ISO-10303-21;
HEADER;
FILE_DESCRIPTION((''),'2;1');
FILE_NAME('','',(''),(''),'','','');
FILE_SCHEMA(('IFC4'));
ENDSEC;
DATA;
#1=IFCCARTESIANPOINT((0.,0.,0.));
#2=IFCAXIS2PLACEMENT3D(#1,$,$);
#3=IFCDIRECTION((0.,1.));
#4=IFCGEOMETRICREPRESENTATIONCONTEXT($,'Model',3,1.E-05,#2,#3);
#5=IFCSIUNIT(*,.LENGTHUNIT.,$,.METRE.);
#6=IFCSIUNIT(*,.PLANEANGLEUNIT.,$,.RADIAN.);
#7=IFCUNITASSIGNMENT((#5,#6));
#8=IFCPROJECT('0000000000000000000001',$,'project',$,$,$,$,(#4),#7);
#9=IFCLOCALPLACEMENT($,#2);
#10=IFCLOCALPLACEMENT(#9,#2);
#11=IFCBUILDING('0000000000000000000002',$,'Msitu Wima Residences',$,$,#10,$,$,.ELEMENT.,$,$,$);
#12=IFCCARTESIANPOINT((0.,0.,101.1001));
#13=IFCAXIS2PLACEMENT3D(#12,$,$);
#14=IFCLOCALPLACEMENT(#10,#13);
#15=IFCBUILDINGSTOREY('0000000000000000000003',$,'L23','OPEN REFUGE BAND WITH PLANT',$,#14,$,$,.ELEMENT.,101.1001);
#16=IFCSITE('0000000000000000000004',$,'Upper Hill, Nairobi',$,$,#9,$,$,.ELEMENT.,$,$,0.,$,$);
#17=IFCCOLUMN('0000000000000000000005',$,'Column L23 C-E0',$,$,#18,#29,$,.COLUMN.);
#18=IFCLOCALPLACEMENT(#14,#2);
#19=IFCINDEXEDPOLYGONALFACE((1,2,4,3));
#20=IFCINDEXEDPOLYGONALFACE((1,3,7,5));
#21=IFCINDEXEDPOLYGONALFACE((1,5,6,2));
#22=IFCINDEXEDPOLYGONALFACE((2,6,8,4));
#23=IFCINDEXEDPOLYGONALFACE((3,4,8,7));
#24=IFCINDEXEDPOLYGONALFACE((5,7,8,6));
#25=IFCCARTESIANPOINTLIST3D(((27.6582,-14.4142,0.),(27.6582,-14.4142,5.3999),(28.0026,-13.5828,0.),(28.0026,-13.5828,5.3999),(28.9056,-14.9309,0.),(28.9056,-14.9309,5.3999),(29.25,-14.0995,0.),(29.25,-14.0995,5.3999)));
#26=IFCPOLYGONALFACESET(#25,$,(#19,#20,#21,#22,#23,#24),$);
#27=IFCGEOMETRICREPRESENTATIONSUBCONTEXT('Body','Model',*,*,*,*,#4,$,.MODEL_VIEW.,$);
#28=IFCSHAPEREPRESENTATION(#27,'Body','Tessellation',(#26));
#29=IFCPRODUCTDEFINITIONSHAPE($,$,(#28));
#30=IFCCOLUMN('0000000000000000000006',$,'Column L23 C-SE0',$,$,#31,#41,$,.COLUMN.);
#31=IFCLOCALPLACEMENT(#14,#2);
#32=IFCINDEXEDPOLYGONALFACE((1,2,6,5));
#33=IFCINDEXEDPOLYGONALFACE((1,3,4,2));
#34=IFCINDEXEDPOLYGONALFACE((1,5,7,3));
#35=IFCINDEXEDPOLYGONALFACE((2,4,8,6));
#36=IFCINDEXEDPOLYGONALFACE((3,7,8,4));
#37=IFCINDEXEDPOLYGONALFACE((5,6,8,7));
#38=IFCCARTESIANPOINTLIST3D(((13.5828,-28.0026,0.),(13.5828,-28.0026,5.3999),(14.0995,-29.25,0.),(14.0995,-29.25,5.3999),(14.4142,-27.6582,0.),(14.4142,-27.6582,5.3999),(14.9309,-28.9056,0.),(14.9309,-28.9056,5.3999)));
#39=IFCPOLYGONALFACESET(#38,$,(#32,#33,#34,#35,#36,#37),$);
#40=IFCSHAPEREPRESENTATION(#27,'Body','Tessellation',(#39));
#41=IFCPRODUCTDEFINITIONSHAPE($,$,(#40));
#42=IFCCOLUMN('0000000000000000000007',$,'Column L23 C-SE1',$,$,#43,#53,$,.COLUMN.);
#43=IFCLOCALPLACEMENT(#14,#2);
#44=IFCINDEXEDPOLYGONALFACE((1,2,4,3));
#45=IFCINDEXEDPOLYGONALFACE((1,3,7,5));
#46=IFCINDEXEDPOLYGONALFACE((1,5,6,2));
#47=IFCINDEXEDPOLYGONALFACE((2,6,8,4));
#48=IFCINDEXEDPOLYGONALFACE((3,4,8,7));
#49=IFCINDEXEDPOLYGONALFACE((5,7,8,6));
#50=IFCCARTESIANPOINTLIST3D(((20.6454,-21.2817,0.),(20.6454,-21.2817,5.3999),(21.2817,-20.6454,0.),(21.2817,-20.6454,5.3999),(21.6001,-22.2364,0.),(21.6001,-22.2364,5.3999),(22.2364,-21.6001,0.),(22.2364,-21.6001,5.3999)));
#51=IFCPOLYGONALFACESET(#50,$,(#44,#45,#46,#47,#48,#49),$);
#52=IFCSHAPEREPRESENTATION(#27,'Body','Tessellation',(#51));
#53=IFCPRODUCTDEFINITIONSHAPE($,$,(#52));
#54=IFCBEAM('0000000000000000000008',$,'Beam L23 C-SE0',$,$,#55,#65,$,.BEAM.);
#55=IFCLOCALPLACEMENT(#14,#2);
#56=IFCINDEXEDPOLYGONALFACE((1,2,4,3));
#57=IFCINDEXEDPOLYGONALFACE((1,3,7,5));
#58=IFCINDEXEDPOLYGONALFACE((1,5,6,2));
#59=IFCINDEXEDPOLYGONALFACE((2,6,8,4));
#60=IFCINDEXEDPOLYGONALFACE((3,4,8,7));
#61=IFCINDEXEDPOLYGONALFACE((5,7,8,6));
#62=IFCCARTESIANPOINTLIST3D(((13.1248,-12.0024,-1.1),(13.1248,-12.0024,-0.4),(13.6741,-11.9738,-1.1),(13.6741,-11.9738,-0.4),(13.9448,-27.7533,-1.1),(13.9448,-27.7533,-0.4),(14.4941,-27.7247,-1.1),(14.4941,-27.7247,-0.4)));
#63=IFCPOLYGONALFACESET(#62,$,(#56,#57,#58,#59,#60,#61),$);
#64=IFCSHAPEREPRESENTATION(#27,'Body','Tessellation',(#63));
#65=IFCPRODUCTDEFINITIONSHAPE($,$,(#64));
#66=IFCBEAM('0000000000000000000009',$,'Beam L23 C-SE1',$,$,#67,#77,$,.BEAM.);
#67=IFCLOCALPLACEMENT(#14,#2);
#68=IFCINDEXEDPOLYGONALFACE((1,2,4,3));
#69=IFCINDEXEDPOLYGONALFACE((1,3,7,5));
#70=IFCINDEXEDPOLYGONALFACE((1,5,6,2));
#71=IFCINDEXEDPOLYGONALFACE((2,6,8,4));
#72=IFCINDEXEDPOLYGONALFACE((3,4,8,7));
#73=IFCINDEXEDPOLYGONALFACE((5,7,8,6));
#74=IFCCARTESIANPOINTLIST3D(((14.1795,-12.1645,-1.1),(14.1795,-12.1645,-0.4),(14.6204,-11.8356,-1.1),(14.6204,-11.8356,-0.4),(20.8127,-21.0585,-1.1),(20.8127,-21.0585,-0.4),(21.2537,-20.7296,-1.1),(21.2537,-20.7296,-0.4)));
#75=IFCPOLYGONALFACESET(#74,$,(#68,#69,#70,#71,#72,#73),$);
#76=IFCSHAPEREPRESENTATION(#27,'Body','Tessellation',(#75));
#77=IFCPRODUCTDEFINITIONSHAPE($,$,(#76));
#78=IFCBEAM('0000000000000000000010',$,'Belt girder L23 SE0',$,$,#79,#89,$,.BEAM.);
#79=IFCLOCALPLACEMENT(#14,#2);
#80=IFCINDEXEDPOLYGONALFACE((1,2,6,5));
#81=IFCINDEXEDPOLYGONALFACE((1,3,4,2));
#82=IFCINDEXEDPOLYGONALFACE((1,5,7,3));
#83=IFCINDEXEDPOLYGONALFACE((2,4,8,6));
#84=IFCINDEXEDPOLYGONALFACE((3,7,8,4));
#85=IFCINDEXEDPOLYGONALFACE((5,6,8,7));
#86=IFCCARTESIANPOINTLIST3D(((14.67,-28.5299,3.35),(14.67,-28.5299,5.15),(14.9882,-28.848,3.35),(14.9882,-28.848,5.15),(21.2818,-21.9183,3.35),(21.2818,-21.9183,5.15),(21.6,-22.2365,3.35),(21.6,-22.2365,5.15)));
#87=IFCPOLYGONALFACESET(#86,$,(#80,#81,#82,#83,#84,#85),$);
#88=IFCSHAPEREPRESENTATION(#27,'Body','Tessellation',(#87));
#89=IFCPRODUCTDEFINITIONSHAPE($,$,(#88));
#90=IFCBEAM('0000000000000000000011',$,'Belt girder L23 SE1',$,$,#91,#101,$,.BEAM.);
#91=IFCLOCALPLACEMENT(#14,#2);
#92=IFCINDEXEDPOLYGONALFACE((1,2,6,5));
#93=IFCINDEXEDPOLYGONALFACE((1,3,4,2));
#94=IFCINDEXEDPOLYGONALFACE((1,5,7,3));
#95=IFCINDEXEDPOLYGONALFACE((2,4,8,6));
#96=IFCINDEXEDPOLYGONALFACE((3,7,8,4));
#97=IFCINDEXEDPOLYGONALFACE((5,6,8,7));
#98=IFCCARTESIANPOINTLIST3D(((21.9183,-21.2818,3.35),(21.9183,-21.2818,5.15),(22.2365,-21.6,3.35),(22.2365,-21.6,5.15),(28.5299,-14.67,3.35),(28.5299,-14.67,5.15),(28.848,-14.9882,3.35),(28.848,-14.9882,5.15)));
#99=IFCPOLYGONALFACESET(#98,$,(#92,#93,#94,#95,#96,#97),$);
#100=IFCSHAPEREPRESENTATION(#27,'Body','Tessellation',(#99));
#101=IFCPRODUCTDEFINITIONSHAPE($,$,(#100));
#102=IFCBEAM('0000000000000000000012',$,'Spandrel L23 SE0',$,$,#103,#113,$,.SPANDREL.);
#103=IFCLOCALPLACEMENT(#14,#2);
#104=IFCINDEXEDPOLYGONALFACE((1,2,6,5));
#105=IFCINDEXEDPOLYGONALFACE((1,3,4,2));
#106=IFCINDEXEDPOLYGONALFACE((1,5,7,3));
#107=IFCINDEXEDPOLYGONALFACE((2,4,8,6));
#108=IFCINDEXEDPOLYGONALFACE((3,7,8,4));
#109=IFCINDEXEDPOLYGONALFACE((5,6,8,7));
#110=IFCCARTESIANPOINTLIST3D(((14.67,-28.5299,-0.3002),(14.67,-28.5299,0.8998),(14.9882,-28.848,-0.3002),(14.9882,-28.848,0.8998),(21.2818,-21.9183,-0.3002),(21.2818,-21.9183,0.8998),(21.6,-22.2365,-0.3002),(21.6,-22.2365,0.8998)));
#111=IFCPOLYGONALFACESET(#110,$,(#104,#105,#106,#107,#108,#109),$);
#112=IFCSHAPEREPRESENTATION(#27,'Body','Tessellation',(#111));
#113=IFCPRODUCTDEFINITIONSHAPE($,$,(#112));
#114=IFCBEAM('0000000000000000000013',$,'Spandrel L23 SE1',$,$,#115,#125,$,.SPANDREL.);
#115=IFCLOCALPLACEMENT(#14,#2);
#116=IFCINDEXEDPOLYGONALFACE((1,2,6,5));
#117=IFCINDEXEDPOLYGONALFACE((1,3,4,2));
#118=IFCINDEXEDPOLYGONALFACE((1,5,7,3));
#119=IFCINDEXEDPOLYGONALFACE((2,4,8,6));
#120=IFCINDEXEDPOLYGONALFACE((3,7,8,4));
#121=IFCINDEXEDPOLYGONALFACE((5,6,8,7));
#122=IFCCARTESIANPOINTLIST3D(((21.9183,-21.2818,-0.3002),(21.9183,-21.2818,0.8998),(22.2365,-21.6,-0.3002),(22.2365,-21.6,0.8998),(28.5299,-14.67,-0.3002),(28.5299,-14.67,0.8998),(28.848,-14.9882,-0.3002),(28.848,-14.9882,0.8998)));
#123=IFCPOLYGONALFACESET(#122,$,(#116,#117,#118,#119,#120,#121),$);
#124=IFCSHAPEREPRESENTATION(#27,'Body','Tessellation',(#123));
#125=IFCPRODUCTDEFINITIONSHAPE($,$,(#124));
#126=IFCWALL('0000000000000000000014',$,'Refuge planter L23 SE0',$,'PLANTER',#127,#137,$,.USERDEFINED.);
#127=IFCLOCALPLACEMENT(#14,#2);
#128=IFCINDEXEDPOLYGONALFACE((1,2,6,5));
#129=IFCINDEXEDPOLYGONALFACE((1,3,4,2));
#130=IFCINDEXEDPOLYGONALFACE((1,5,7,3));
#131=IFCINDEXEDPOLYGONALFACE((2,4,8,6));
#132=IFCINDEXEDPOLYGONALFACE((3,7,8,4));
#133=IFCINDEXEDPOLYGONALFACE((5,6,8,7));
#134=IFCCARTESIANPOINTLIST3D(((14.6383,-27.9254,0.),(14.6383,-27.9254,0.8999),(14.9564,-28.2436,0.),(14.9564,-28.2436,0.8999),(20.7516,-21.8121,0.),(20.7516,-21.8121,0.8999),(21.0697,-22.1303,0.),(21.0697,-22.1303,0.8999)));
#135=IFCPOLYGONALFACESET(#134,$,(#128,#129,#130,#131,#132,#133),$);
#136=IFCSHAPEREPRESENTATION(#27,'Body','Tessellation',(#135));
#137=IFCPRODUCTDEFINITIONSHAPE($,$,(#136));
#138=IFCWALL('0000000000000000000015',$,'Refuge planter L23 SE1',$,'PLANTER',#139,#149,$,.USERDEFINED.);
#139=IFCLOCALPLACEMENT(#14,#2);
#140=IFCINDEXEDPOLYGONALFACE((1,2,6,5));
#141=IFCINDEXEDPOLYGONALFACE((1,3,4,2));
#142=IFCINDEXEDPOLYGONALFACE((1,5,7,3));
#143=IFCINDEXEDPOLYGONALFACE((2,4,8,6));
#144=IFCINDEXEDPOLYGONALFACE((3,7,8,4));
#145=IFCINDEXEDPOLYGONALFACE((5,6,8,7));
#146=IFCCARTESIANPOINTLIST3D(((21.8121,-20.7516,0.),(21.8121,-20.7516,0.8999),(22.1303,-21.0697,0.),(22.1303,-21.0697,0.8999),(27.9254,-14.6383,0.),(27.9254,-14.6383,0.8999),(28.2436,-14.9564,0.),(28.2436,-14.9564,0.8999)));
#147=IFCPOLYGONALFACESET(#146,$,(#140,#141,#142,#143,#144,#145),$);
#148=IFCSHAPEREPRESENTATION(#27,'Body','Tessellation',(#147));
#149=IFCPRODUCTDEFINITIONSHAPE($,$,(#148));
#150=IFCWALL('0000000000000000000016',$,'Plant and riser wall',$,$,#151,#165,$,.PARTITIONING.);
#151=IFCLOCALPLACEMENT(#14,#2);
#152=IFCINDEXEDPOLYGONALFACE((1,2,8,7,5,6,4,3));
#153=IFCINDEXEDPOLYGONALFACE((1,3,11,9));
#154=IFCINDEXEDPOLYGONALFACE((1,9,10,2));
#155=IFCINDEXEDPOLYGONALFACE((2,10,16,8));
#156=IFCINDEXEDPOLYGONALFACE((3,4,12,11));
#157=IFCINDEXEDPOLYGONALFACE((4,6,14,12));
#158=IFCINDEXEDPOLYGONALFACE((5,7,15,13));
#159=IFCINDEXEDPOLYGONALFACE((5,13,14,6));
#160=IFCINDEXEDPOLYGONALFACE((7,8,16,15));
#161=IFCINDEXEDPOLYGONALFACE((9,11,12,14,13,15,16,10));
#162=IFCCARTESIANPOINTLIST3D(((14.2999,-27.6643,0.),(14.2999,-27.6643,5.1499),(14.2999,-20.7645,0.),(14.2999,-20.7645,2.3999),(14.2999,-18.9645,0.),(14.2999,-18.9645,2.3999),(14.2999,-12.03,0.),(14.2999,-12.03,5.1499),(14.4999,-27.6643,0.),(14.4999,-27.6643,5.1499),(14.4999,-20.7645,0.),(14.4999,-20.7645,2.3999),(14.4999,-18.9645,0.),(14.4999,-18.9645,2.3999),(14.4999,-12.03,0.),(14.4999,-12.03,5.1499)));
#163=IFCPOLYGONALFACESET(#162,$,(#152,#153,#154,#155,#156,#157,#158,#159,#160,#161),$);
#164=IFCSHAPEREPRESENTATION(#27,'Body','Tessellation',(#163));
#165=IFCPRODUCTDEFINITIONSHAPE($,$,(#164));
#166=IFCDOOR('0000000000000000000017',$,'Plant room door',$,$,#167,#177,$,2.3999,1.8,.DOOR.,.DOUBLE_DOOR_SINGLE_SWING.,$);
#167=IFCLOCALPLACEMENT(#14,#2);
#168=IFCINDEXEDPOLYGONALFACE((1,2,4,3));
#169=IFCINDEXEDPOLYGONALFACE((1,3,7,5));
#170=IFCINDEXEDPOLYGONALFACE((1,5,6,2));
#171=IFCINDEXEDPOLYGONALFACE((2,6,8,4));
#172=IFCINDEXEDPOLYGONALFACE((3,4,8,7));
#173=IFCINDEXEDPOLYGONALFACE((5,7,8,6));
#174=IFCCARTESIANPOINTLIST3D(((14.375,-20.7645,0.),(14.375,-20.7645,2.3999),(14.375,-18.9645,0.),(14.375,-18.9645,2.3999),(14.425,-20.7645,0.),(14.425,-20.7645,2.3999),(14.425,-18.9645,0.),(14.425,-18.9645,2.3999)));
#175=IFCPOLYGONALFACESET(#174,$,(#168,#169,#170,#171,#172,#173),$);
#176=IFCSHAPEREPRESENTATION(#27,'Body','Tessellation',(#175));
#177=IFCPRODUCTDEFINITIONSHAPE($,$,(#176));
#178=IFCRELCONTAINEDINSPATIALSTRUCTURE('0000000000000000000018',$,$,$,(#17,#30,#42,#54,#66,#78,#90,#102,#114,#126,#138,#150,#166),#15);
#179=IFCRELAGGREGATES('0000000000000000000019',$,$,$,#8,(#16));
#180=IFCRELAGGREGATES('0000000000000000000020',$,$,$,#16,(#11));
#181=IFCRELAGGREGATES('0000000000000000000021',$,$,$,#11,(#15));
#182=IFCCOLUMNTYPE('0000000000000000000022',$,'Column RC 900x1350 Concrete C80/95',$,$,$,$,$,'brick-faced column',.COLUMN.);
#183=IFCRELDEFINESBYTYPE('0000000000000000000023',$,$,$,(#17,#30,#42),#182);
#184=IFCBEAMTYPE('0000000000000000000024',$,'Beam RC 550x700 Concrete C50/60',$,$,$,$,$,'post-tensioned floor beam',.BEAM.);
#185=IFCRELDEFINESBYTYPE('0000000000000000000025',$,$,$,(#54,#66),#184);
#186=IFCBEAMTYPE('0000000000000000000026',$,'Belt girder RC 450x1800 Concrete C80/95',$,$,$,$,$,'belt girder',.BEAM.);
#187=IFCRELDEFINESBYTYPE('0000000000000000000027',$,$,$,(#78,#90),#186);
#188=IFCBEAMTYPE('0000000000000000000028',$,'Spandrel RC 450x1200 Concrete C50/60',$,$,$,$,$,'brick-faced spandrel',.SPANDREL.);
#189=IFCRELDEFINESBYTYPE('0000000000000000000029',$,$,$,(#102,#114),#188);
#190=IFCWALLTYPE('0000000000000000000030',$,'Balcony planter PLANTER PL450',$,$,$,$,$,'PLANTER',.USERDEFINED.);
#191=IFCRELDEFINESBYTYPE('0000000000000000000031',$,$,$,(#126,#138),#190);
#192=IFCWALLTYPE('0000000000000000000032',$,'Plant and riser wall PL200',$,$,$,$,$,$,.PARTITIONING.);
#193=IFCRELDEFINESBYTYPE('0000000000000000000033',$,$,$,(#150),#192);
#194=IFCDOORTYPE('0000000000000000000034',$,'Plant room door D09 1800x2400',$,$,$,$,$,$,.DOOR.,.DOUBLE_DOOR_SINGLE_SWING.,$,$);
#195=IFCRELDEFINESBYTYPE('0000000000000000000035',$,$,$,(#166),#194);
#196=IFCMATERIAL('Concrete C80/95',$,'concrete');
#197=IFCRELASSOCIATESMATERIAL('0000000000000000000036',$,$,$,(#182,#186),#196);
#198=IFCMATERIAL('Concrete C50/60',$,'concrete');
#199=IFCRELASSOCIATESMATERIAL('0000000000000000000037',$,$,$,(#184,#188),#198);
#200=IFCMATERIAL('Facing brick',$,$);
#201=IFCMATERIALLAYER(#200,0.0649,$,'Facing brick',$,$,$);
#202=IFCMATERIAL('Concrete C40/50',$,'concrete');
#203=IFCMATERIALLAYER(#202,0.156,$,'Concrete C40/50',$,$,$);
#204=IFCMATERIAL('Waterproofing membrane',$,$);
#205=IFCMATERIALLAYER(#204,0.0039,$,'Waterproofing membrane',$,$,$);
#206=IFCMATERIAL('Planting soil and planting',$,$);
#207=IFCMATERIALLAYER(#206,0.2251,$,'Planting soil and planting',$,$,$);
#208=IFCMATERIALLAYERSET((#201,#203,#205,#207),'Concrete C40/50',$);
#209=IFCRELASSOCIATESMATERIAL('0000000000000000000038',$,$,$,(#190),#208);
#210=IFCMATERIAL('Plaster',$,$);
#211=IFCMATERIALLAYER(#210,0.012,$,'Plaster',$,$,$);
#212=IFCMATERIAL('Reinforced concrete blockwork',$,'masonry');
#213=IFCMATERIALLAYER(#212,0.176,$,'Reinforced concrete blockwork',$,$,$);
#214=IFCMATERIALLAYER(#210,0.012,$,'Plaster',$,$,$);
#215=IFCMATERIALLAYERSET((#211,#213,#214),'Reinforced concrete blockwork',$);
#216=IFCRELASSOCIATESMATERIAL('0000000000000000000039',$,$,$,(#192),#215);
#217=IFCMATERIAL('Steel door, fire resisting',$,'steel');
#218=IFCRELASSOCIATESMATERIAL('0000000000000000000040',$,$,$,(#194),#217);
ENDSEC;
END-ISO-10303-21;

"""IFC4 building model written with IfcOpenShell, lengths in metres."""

from ifc_helpers import new_model, si_unit, direction, frame, frame_2d, origin, origin_2d, place, context, subcontext, project, spatial, rectangle, extrude, material, layer, layer_set, material_profile, profile_set, type_object, element, fill, save


model = new_model("IFC4")

# Units and contexts
model_context = context("Model", 3, precision=1e-05, world=origin(), true_north=direction((0.0, 1.0)))
body_context = subcontext(model_context, "Body", "Model", "MODEL_VIEW")
ifc_project = project(units=[si_unit("LENGTHUNIT", "METRE"), si_unit("PLANEANGLEUNIT", "RADIAN")], contexts=[model_context])

# Site, building, storey
site_placement = place(None, origin())
site = spatial("IfcSite", under=ifc_project, at=site_placement, Name="Upper Hill, Nairobi", CompositionType="ELEMENT", RefElevation=0.0)
building_placement = place(site_placement, origin())
building = spatial("IfcBuilding", under=site, at=building_placement, Name="Msitu Wima Residences", CompositionType="ELEMENT")
storey_placement = place(building_placement, frame((0.0, 0.0, 101.1001)))
storey = spatial("IfcBuildingStorey", under=building, at=storey_placement, Name="L23", Description="OPEN REFUGE BAND WITH PLANT", CompositionType="ELEMENT", Elevation=101.1001)

# Columns
ifc_material_1 = material(Name="Concrete C80/95", Category="concrete")
ifc_material_profile_1 = material_profile(ifc_material_1, rectangle(XDim=0.8999, YDim=1.3501, at=origin_2d()), Name="RC 900x1350")
ifc_profile_set_1 = profile_set([ifc_material_profile_1], Name="Concrete C80/95")
column_type = type_object("IfcColumnType", Name="Column RC 900x1350 Concrete C80/95", ElementType="brick-faced column", PredefinedType="COLUMN", material=ifc_profile_set_1)
for number, where, z_axis, x_axis, name in (
    (1, (28.4541, -14.2568, 0.0), (0.0, 0.0, 1.0), (0.382683, 0.92388, 0.0), "Column L23 C-E0"),
    (2, (14.2568, -28.4541, 0.0), (0.0, 0.0, 1.0), (0.92388, 0.382683, 0.0), "Column L23 C-SE0"),
    (3, (21.4409, -21.4409, 0.0), (0.0, 0.0, 1.0), (0.707107, 0.707107, 0.0), "Column L23 C-SE1"),
):
    element("IfcColumn", number, at=place(storey_placement, frame(where, z_axis=z_axis, x_axis=x_axis)), inside=storey, type_object=column_type, Name=name, PredefinedType="COLUMN", context=body_context, shape_type="SweptSolid", body=[
        extrude(rectangle(XDim=0.8999, YDim=1.3501, at=origin_2d()), origin(), (0.0, 0.0, 1.0), 5.3999),
    ])

# Beams
ifc_material_2 = material(Name="Concrete C50/60", Category="concrete")
ifc_material_profile_2 = material_profile(ifc_material_2, rectangle(XDim=0.55, YDim=0.7, at=origin_2d()), Name="RC 550x700")
ifc_profile_set_2 = profile_set([ifc_material_profile_2], Name="Concrete C50/60")
beam_type_1 = type_object("IfcBeamType", Name="Beam RC 550x700 Concrete C50/60", ElementType="post-tensioned floor beam", PredefinedType="BEAM", material=ifc_profile_set_2)
beam_1_placement = place(storey_placement, frame((14.2195, -27.739, -0.75), z_axis=(-0.051994, 0.998647, 0.0), x_axis=(-0.998647, -0.051994, 0.0)))
element("IfcBeam", 4, at=beam_1_placement, inside=storey, type_object=beam_type_1, Name="Beam L23 C-SE0", PredefinedType="BEAM", context=body_context, shape_type="SweptSolid", body=[
    extrude(rectangle(XDim=0.55, YDim=0.7, at=origin_2d()), origin(), (0.0, 0.0, 1.0), 15.7722),
])
beam_2_placement = place(storey_placement, frame((21.0332, -20.894, -0.75), z_axis=(-0.59785, 0.801608, 0.0), x_axis=(-0.801608, -0.59785, 0.0)))
element("IfcBeam", 5, at=beam_2_placement, inside=storey, type_object=beam_type_1, Name="Beam L23 C-SE1", PredefinedType="BEAM", context=body_context, shape_type="SweptSolid", body=[
    extrude(rectangle(XDim=0.55, YDim=0.7, at=origin_2d()), origin(), (0.0, 0.0, 1.0), 11.0952),
])
ifc_material_profile_3 = material_profile(ifc_material_1, rectangle(XDim=0.45, YDim=1.8, at=origin_2d()), Name="RC 450x1800")
ifc_profile_set_3 = profile_set([ifc_material_profile_3], Name="Concrete C80/95")
beam_type_2 = type_object("IfcBeamType", Name="Belt girder RC 450x1800 Concrete C80/95", ElementType="belt girder", PredefinedType="BEAM", material=ifc_profile_set_3)
for number, where, z_axis, x_axis, name in (
    (6, (14.8291, -28.689, 4.25), (0.70712, 0.707094, 0.0), (-0.707094, 0.70712, 0.0), "Belt girder L23 SE0"),
    (7, (22.0774, -21.4409, 4.25), (0.707094, 0.70712, 0.0), (-0.70712, 0.707094, 0.0), "Belt girder L23 SE1"),
):
    element("IfcBeam", number, at=place(storey_placement, frame(where, z_axis=z_axis, x_axis=x_axis)), inside=storey, type_object=beam_type_2, Name=name, PredefinedType="BEAM", context=body_context, shape_type="SweptSolid", body=[
        extrude(rectangle(XDim=0.45, YDim=1.8, at=origin_2d()), origin(), (0.0, 0.0, 1.0), 9.3503),
    ])
ifc_material_profile_4 = material_profile(ifc_material_2, rectangle(XDim=0.45, YDim=1.2, at=origin_2d()), Name="RC 450x1200")
ifc_profile_set_4 = profile_set([ifc_material_profile_4], Name="Concrete C50/60")
beam_type_3 = type_object("IfcBeamType", Name="Spandrel RC 450x1200 Concrete C50/60", ElementType="brick-faced spandrel", PredefinedType="SPANDREL", material=ifc_profile_set_4)
for number, where, z_axis, x_axis, name in (
    (8, (14.8291, -28.689, 0.2998), (0.70712, 0.707094, 0.0), (-0.707094, 0.70712, 0.0), "Spandrel L23 SE0"),
    (9, (22.0774, -21.4409, 0.2998), (0.707094, 0.70712, 0.0), (-0.70712, 0.707094, 0.0), "Spandrel L23 SE1"),
):
    element("IfcBeam", number, at=place(storey_placement, frame(where, z_axis=z_axis, x_axis=x_axis)), inside=storey, type_object=beam_type_3, Name=name, PredefinedType="SPANDREL", context=body_context, shape_type="SweptSolid", body=[
        extrude(rectangle(XDim=0.45, YDim=1.2, at=origin_2d()), origin(), (0.0, 0.0, 1.0), 9.3503),
    ])

# Walls
ifc_material_3 = material(Name="Facing brick")
ifc_layer_1 = layer(ifc_material_3, 0.0649, Name="Facing brick")
ifc_material_4 = material(Name="Concrete C40/50", Category="concrete")
ifc_layer_2 = layer(ifc_material_4, 0.156, Name="Concrete C40/50")
ifc_material_5 = material(Name="Waterproofing membrane")
ifc_layer_3 = layer(ifc_material_5, 0.0039, Name="Waterproofing membrane")
ifc_material_6 = material(Name="Planting soil and planting")
ifc_layer_4 = layer(ifc_material_6, 0.2251, Name="Planting soil and planting")
ifc_layer_set_1 = layer_set([ifc_layer_1, ifc_layer_2, ifc_layer_3, ifc_layer_4], Name="Concrete C40/50")
wall_type_1 = type_object("IfcWallType", Name="Balcony planter PLANTER PL450", ElementType="PLANTER", PredefinedType="USERDEFINED", material=ifc_layer_set_1)
for number, where, z_axis, x_axis, name in (
    (10, (14.7974, -28.0845, 0.0), (0.0, 0.0, 1.0), (0.707107, 0.707107, 0.0), "Refuge planter L23 SE0"),
    (11, (21.9712, -20.9106, 0.0), (0.0, 0.0, 1.0), (0.707107, 0.707107, 0.0), "Refuge planter L23 SE1"),
):
    element("IfcWall", number, at=place(storey_placement, frame(where, z_axis=z_axis, x_axis=x_axis)), inside=storey, type_object=wall_type_1, Name=name, ObjectType="PLANTER", PredefinedType="USERDEFINED", context=body_context, shape_type="SweptSolid", body=[
        extrude(rectangle(XDim=8.6455, YDim=0.45, at=frame_2d((4.3228, 0.0))), origin(), (0.0, 0.0, 1.0), 0.8999),
    ])

# Wall, opening, door
ifc_material_7 = material(Name="Plaster")
ifc_layer_5 = layer(ifc_material_7, 0.012, Name="Plaster")
ifc_material_8 = material(Name="Reinforced concrete blockwork", Category="masonry")
ifc_layer_6 = layer(ifc_material_8, 0.176, Name="Reinforced concrete blockwork")
ifc_layer_7 = layer(ifc_material_7, 0.012, Name="Plaster")
ifc_layer_set_2 = layer_set([ifc_layer_5, ifc_layer_6, ifc_layer_7], Name="Reinforced concrete blockwork")
wall_type_2 = type_object("IfcWallType", Name="Plant and riser wall PL200", PredefinedType="PARTITIONING", material=ifc_layer_set_2)
wall_placement = place(storey_placement, frame((14.3999, -27.6643, 0.0), z_axis=(0.0, 0.0, 1.0), x_axis=(0.0, 1.0, 0.0)))
wall = element("IfcWall", 12, at=wall_placement, inside=storey, type_object=wall_type_2, Name="Plant and riser wall", PredefinedType="PARTITIONING", context=body_context, shape_type="SweptSolid", body=[
    extrude(rectangle(XDim=15.6343, YDim=0.2, at=frame_2d((7.8171, 0.0))), origin(), (0.0, 0.0, 1.0), 5.1499),
])
opening_placement = place(wall_placement, frame((6.8999, 0.0, 0.0)))
opening = element("IfcOpeningElement", 13, at=opening_placement, cuts=wall, PredefinedType="OPENING", context=body_context, shape_type="SweptSolid", body=[
    extrude(rectangle(XDim=1.8, YDim=2.3999, at=frame_2d((0.8999, 1.2))), frame((0.0, 0.1099, 0.0), z_axis=(0.0, -1.0, 0.0), x_axis=(1.0, 0.0, 0.0)), (0.0, 0.0, 1.0), 0.22),
])
ifc_material_9 = material(Name="Steel door, fire resisting", Category="steel")
door_type = type_object("IfcDoorType", Name="Plant room door D09 1800x2400", OperationType="DOUBLE_DOOR_SINGLE_SWING", PredefinedType="DOOR", material=ifc_material_9)
door_placement = place(opening_placement, origin())
door = element("IfcDoor", 14, at=door_placement, inside=storey, type_object=door_type, Name="Plant room door", OperationType="DOUBLE_DOOR_SINGLE_SWING", OverallHeight=2.3999, OverallWidth=1.8, PredefinedType="DOOR", context=body_context, shape_type="SweptSolid", body=[
    extrude(rectangle(XDim=1.8, YDim=2.3999, at=frame_2d((0.8999, 1.2))), frame((0.0, 0.0249, 0.0), z_axis=(0.0, -1.0, 0.0), x_axis=(1.0, 0.0, 0.0)), (0.0, 0.0, 1.0), 0.05),
])
fill(opening, door)

save(model, "model.ifc")
